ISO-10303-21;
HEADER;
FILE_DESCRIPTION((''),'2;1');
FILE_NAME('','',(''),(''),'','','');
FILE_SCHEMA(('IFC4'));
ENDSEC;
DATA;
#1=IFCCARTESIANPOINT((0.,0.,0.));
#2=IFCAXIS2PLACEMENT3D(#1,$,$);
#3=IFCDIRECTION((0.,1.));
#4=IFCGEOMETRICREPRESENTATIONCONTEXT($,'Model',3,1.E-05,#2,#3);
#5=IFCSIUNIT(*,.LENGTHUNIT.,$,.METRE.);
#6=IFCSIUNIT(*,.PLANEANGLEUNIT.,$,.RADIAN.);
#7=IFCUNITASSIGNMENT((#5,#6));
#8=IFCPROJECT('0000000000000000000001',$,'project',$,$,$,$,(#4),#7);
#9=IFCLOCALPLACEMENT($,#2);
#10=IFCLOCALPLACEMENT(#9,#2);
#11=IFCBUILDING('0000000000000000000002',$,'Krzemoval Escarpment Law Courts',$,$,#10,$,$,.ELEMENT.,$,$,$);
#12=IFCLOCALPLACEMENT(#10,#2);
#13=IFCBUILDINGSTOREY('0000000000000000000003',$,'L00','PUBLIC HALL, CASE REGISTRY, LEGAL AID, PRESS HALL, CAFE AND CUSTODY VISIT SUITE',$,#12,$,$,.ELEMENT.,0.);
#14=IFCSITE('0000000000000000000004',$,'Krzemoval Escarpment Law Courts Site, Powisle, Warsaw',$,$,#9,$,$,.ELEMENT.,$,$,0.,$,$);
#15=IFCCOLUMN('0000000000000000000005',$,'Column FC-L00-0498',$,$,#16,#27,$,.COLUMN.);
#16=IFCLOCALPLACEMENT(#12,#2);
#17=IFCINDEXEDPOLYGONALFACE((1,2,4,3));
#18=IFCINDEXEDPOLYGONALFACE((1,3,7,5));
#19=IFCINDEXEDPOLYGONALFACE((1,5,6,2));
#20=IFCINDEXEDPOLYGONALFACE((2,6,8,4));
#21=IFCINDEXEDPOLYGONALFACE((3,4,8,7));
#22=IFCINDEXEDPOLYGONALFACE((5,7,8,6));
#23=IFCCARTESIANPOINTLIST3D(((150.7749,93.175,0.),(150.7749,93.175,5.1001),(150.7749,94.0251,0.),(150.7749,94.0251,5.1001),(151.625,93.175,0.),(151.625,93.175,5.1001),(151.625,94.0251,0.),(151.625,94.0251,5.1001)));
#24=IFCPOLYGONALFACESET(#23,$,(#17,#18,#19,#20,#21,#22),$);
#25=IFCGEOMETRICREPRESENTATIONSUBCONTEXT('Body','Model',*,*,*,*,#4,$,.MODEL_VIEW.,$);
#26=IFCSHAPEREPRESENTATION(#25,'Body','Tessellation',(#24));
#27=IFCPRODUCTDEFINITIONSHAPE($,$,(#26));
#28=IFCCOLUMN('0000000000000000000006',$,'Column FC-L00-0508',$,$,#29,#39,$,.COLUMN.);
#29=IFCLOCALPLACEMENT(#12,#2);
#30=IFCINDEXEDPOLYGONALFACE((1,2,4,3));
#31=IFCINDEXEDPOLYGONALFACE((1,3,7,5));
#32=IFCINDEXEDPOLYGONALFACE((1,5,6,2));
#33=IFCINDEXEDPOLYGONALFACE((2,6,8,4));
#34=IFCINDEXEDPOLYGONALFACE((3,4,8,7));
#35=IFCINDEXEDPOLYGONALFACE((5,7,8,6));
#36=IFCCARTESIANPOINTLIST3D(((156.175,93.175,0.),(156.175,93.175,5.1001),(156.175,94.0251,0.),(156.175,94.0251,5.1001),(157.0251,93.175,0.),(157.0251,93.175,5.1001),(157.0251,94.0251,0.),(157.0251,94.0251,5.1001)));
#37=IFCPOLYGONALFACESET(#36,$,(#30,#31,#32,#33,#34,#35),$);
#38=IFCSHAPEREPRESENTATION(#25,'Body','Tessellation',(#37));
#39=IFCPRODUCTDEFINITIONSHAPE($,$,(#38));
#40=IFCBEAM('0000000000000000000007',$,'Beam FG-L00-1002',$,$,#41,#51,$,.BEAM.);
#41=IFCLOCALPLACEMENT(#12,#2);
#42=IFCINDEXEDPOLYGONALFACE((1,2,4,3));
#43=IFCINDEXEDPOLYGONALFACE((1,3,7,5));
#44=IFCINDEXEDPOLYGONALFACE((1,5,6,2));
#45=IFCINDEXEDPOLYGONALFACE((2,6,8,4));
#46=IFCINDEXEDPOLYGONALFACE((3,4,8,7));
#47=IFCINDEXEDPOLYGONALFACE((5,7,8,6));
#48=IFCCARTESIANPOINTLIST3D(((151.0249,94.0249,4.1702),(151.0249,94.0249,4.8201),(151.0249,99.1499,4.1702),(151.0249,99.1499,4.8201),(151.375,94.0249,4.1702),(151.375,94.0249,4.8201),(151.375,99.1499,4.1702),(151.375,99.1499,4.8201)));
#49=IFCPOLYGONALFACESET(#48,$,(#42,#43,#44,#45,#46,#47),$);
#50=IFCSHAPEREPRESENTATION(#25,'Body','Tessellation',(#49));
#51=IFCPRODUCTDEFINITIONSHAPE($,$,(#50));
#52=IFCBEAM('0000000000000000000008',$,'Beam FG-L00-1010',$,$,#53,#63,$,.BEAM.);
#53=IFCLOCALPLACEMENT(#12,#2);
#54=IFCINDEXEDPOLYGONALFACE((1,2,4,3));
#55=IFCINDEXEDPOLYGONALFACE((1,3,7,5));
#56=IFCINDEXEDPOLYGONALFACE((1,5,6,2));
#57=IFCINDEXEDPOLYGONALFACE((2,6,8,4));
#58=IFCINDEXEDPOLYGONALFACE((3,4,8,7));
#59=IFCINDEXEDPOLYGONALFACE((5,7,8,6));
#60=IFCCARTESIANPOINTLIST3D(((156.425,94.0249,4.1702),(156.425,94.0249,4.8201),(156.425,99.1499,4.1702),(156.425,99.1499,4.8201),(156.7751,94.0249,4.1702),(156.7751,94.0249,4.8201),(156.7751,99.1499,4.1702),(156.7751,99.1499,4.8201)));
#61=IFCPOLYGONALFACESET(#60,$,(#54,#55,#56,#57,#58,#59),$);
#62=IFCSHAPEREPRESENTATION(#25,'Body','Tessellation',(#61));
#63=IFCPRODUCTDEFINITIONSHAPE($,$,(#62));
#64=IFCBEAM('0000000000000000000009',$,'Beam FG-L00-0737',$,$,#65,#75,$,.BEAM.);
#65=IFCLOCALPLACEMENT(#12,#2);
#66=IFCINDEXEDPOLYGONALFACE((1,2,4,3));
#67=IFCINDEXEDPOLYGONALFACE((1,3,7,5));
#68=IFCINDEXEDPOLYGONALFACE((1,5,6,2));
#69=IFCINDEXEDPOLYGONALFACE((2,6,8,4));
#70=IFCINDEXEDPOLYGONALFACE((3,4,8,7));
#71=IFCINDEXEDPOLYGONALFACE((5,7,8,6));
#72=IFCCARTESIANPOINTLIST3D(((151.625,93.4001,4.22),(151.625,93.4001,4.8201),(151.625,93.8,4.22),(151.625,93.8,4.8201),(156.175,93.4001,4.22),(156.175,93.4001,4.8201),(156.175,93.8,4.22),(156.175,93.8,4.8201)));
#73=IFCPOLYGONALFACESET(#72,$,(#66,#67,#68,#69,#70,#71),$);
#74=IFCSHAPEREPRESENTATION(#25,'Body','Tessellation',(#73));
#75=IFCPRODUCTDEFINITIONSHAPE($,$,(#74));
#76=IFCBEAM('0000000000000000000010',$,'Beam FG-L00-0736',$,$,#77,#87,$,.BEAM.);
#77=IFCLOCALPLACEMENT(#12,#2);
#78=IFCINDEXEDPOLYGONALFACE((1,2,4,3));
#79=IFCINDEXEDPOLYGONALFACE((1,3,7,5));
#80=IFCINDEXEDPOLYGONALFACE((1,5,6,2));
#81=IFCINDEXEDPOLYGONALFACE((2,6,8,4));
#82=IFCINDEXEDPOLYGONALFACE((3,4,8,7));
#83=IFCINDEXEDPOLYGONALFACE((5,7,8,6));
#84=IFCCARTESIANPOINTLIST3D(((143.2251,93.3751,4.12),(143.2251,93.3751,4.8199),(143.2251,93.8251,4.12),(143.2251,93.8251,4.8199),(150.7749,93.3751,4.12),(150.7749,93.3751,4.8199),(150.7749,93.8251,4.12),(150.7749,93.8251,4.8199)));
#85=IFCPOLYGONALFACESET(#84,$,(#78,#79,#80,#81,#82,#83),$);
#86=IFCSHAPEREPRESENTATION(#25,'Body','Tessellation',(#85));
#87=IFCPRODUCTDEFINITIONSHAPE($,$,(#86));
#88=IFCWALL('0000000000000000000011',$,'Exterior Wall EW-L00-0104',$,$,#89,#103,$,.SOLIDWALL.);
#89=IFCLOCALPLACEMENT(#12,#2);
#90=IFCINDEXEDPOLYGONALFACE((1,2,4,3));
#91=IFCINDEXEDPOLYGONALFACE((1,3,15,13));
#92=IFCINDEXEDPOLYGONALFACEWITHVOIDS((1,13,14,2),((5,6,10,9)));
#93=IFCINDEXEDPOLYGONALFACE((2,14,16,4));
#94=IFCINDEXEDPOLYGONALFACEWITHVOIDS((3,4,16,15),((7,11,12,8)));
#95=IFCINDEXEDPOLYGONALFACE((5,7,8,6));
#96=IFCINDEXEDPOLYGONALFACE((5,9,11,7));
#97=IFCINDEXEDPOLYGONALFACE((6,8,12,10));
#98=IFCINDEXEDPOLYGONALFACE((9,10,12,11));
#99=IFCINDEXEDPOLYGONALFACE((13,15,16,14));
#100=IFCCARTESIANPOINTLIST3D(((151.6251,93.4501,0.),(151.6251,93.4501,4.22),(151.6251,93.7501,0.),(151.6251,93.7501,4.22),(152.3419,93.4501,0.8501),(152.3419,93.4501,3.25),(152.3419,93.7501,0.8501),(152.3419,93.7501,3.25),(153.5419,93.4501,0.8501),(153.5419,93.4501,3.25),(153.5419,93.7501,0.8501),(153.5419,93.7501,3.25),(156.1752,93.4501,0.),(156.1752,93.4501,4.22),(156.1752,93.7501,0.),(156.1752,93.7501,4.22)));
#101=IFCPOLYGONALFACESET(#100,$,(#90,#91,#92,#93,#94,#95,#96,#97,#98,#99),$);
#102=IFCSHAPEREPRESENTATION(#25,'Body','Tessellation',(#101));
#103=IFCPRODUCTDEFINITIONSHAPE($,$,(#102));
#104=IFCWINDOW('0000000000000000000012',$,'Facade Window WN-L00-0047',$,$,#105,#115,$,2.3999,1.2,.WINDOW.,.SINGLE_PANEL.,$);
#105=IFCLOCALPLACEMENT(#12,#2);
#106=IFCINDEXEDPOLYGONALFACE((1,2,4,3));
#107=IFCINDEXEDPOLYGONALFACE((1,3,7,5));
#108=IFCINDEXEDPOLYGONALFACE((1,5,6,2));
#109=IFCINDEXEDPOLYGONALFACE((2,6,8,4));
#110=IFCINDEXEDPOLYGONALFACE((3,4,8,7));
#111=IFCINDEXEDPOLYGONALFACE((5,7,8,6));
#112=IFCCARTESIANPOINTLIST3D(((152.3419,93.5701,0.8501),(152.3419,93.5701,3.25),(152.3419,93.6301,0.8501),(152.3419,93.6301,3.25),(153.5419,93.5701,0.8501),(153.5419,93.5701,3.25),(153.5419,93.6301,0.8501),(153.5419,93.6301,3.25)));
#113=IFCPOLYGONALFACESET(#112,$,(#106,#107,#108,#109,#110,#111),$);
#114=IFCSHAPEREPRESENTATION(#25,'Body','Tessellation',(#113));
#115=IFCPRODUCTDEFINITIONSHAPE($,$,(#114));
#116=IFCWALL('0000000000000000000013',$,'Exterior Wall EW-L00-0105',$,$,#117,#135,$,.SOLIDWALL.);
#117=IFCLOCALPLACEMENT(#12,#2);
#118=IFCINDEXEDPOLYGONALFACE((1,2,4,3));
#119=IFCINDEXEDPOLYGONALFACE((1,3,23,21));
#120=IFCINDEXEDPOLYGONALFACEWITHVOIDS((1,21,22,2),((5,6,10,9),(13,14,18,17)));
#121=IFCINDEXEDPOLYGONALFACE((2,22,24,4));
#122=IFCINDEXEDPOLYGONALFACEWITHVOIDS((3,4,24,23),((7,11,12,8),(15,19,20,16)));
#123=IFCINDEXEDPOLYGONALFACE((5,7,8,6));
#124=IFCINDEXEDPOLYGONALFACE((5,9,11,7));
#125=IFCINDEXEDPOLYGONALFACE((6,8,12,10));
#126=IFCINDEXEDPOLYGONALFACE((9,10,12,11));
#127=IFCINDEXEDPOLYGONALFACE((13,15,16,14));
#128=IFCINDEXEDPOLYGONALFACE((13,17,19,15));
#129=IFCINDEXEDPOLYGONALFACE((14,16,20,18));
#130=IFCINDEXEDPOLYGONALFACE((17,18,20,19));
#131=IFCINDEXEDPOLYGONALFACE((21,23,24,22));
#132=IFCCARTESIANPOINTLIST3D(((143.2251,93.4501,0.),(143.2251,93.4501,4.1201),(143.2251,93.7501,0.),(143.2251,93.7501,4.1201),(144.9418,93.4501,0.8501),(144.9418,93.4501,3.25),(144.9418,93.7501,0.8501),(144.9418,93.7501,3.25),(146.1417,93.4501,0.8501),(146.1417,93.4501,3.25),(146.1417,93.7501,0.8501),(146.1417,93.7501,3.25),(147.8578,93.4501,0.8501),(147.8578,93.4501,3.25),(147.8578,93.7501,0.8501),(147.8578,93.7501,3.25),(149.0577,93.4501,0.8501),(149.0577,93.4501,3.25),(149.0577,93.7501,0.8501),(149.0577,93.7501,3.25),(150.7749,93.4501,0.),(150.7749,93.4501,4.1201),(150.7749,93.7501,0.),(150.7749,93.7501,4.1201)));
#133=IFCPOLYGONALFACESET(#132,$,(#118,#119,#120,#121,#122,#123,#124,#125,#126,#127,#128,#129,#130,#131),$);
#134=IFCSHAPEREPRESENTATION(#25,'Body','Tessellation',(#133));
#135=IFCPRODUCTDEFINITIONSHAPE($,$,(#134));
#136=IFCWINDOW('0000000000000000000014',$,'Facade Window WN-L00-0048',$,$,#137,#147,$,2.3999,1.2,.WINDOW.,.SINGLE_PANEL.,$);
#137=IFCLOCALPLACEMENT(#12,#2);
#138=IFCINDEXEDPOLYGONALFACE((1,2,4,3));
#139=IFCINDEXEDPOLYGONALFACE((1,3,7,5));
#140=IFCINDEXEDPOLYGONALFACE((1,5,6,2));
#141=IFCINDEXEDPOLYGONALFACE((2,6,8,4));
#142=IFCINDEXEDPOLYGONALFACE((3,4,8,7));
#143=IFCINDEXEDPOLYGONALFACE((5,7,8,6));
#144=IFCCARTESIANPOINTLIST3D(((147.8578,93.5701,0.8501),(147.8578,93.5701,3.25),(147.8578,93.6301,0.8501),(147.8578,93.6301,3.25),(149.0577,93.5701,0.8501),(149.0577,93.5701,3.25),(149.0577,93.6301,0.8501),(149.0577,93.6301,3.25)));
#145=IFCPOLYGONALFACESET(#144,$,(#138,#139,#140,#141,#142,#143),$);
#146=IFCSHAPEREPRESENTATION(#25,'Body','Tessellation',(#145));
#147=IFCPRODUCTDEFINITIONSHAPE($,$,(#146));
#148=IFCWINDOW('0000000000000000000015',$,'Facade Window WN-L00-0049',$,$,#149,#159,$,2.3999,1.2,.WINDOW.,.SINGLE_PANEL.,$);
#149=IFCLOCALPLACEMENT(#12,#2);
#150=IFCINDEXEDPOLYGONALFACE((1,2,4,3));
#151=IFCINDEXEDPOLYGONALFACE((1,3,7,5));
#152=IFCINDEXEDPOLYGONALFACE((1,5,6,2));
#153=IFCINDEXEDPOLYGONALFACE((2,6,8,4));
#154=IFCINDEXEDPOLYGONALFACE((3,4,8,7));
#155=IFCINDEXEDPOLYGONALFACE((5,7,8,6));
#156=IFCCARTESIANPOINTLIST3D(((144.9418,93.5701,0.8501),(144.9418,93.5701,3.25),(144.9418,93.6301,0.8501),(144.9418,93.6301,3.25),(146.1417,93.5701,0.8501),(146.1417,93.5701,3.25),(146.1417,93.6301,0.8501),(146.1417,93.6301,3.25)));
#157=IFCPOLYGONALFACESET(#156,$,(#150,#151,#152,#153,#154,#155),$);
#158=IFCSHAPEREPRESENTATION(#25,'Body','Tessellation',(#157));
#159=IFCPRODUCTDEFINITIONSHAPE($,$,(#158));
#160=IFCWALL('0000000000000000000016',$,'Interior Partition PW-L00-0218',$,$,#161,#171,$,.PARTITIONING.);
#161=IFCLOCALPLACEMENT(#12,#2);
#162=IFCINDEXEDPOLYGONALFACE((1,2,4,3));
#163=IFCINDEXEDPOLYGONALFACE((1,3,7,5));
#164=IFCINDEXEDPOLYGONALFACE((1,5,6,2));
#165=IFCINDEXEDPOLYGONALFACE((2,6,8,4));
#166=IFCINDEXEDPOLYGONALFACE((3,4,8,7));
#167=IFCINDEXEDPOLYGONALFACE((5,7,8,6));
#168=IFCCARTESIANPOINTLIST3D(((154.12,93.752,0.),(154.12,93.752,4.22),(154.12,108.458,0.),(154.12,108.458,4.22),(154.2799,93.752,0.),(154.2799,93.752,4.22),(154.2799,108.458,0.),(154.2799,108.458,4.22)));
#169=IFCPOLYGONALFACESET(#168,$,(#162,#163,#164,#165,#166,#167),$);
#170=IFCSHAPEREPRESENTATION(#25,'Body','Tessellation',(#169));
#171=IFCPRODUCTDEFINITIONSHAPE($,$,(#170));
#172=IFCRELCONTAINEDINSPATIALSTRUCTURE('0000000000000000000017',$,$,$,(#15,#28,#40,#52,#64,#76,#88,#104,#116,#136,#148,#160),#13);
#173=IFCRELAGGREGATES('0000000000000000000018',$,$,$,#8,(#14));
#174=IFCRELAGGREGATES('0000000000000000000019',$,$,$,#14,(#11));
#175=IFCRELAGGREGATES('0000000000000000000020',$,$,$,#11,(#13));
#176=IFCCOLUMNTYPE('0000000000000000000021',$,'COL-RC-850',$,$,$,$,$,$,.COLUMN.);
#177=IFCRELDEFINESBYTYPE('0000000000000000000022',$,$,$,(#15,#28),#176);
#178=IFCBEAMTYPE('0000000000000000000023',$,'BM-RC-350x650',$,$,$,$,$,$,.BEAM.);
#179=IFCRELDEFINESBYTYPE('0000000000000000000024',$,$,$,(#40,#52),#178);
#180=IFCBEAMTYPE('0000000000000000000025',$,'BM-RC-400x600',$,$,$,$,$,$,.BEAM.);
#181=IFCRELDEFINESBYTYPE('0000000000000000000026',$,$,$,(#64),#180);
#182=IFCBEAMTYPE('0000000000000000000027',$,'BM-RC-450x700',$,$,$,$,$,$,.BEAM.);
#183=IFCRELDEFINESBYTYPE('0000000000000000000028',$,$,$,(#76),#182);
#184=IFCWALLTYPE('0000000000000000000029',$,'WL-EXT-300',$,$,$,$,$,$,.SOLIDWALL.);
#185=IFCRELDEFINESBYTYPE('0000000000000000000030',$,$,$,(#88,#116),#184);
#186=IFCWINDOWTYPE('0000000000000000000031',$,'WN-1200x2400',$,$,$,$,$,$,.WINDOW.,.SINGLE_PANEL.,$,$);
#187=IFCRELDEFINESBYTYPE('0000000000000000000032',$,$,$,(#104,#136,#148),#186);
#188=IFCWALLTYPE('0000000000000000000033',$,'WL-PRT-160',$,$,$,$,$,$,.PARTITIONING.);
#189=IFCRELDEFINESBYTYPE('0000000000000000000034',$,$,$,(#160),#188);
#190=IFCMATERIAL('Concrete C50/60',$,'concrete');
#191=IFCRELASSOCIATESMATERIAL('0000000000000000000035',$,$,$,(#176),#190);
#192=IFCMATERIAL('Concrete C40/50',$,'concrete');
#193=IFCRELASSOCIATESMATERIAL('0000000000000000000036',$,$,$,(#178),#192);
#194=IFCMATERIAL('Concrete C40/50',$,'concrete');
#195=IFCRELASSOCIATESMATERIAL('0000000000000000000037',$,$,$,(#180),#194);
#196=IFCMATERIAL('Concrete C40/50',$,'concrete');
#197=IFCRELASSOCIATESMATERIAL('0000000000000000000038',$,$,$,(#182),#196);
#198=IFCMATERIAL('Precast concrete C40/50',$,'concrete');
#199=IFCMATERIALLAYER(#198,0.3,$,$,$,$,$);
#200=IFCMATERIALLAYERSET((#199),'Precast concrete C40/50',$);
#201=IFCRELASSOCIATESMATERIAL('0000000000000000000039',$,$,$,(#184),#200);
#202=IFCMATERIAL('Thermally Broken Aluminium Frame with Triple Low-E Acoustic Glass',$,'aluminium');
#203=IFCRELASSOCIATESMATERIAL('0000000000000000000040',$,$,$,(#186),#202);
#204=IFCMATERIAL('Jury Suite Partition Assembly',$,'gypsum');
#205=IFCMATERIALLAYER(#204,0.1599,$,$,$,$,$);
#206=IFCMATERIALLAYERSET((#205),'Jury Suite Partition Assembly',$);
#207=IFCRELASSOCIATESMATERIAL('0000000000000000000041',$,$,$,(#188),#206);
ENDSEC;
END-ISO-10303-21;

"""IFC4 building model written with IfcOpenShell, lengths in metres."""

from ifc_helpers import new_model, si_unit, direction, frame, frame_2d, origin, origin_2d, place, context, subcontext, project, spatial, rectangle, extrude, material, layer, layer_set, material_profile, profile_set, type_object, element, fill, save


model = new_model("IFC4")

# Units and contexts
model_context = context("Model", 3, precision=1e-05, world=origin(), true_north=direction((0.0, 1.0)))
body_context = subcontext(model_context, "Body", "Model", "MODEL_VIEW")
ifc_project = project(units=[si_unit("LENGTHUNIT", "METRE"), si_unit("PLANEANGLEUNIT", "RADIAN")], contexts=[model_context])

# Site, building, storey
site_placement = place(None, origin())
site = spatial("IfcSite", under=ifc_project, at=site_placement, Name="Krzemoval Escarpment Law Courts Site, Powisle, Warsaw", CompositionType="ELEMENT", RefElevation=0.0)
building_placement = place(site_placement, origin())
building = spatial("IfcBuilding", under=site, at=building_placement, Name="Krzemoval Escarpment Law Courts", CompositionType="ELEMENT")
storey_placement = place(building_placement, origin())
storey = spatial("IfcBuildingStorey", under=building, at=storey_placement, Name="L00", Description="PUBLIC HALL, CASE REGISTRY, LEGAL AID, PRESS HALL, CAFE AND CUSTODY VISIT SUITE", CompositionType="ELEMENT", Elevation=0.0)

# Columns
ifc_material_1 = material(Name="Concrete C50/60", Category="concrete")
ifc_material_profile_1 = material_profile(ifc_material_1, rectangle(XDim=0.8501, YDim=0.8501, at=origin_2d()), Name="RC 850x850")
ifc_profile_set_1 = profile_set([ifc_material_profile_1], Name="Concrete C50/60")
column_type = type_object("IfcColumnType", Name="COL-RC-850", PredefinedType="COLUMN", material=ifc_profile_set_1)
for number, where, z_axis, x_axis, name in (
    (1, (151.2, 93.6001, 0.0), (0.0, 0.0, 1.0), (1.0, 0.0, 0.0), "Column FC-L00-0498"),
    (2, (156.6001, 93.6001, 0.0), (0.0, 0.0, 1.0), (1.0, 0.0, 0.0), "Column FC-L00-0508"),
):
    element("IfcColumn", number, at=place(storey_placement, frame(where, z_axis=z_axis, x_axis=x_axis)), inside=storey, type_object=column_type, Name=name, PredefinedType="COLUMN", context=body_context, shape_type="SweptSolid", body=[
        extrude(rectangle(XDim=0.8501, YDim=0.8501, at=origin_2d()), origin(), (0.0, 0.0, 1.0), 5.1001),
    ])

# Beams
ifc_material_2 = material(Name="Concrete C40/50", Category="concrete")
ifc_material_profile_2 = material_profile(ifc_material_2, rectangle(XDim=0.3501, YDim=0.6499, at=origin_2d()), Name="RCB 350x650")
ifc_profile_set_2 = profile_set([ifc_material_profile_2], Name="Concrete C40/50")
beam_type_1 = type_object("IfcBeamType", Name="BM-RC-350x650", PredefinedType="BEAM", material=ifc_profile_set_2)
for number, where, z_axis, x_axis, name in (
    (3, (151.2, 94.0249, 4.4951), (0.0, 1.0, 0.0), (-1.0, 0.0, 0.0), "Beam FG-L00-1002"),
    (4, (156.6001, 94.0249, 4.4951), (0.0, 1.0, 0.0), (-1.0, 0.0, 0.0), "Beam FG-L00-1010"),
):
    element("IfcBeam", number, at=place(storey_placement, frame(where, z_axis=z_axis, x_axis=x_axis)), inside=storey, type_object=beam_type_1, Name=name, PredefinedType="BEAM", context=body_context, shape_type="SweptSolid", body=[
        extrude(rectangle(XDim=0.3501, YDim=0.6499, at=origin_2d()), origin(), (0.0, 0.0, 1.0), 5.125),
    ])
ifc_material_3 = material(Name="Concrete C40/50", Category="concrete")
ifc_material_profile_3 = material_profile(ifc_material_3, rectangle(XDim=0.3999, YDim=0.6001, at=origin_2d()), Name="RCB 400x600")
ifc_profile_set_3 = profile_set([ifc_material_profile_3], Name="Concrete C40/50")
beam_type_2 = type_object("IfcBeamType", Name="BM-RC-400x600", PredefinedType="BEAM", material=ifc_profile_set_3)
beam_1_placement = place(storey_placement, frame((151.625, 93.6001, 4.52), z_axis=(1.0, 0.0, 0.0), x_axis=(0.0, 1.0, 0.0)))
element("IfcBeam", 5, at=beam_1_placement, inside=storey, type_object=beam_type_2, Name="Beam FG-L00-0737", PredefinedType="BEAM", context=body_context, shape_type="SweptSolid", body=[
    extrude(rectangle(XDim=0.3999, YDim=0.6001, at=origin_2d()), origin(), (0.0, 0.0, 1.0), 4.55),
])
ifc_material_4 = material(Name="Concrete C40/50", Category="concrete")
ifc_material_profile_4 = material_profile(ifc_material_4, rectangle(XDim=0.45, YDim=0.7, at=origin_2d()), Name="RCB 450x700")
ifc_profile_set_4 = profile_set([ifc_material_profile_4], Name="Concrete C40/50")
beam_type_3 = type_object("IfcBeamType", Name="BM-RC-450x700", PredefinedType="BEAM", material=ifc_profile_set_4)
beam_2_placement = place(storey_placement, frame((143.2251, 93.6001, 4.47), z_axis=(1.0, 0.0, 0.0), x_axis=(0.0, 1.0, 0.0)))
element("IfcBeam", 6, at=beam_2_placement, inside=storey, type_object=beam_type_3, Name="Beam FG-L00-0736", PredefinedType="BEAM", context=body_context, shape_type="SweptSolid", body=[
    extrude(rectangle(XDim=0.45, YDim=0.7, at=origin_2d()), origin(), (0.0, 0.0, 1.0), 7.5498),
])

# Wall, opening, window
ifc_material_5 = material(Name="Precast concrete C40/50", Category="concrete")
ifc_layer_1 = layer(ifc_material_5, 0.3)
ifc_layer_set_1 = layer_set([ifc_layer_1], Name="Precast concrete C40/50")
wall_type_1 = type_object("IfcWallType", Name="WL-EXT-300", PredefinedType="SOLIDWALL", material=ifc_layer_set_1)
wall_1_placement = place(storey_placement, frame((156.175, 93.6001, 0.0), z_axis=(0.0, 0.0, 1.0), x_axis=(-1.0, 0.0, 0.0)))
wall_1 = element("IfcWall", 7, at=wall_1_placement, inside=storey, type_object=wall_type_1, Name="Exterior Wall EW-L00-0104", PredefinedType="SOLIDWALL", context=body_context, shape_type="SweptSolid", body=[
    extrude(rectangle(XDim=4.55, YDim=0.3, at=frame_2d((2.2749, 0.0))), origin(), (0.0, 0.0, 1.0), 4.22),
])
opening_1_placement = place(wall_1_placement, frame((2.6331, 0.0, 0.8501)))
opening_1 = element("IfcOpeningElement", 8, at=opening_1_placement, cuts=wall_1, PredefinedType="OPENING", context=body_context, shape_type="SweptSolid", body=[
    extrude(rectangle(XDim=1.2, YDim=2.3999, at=frame_2d((0.6001, 1.2))), frame((0.0, 0.165, 0.0), z_axis=(0.0, -1.0, 0.0), x_axis=(1.0, 0.0, 0.0)), (0.0, 0.0, 1.0), 0.3301),
])
ifc_material_6 = material(Name="Thermally Broken Aluminium Frame with Triple Low-E Acoustic Glass", Category="aluminium")
window_type = type_object("IfcWindowType", Name="WN-1200x2400", PartitioningType="SINGLE_PANEL", PredefinedType="WINDOW", material=ifc_material_6)
window_1_placement = place(opening_1_placement, origin())
window_1 = element("IfcWindow", 9, at=window_1_placement, inside=storey, type_object=window_type, Name="Facade Window WN-L00-0047", OverallHeight=2.3999, OverallWidth=1.2, PartitioningType="SINGLE_PANEL", PredefinedType="WINDOW", context=body_context, shape_type="SweptSolid", body=[
    extrude(rectangle(XDim=1.2, YDim=2.3999, at=frame_2d((0.6001, 1.2))), frame((0.0, 0.03, 0.0), z_axis=(0.0, -1.0, 0.0), x_axis=(1.0, 0.0, 0.0)), (0.0, 0.0, 1.0), 0.0601),
])
fill(opening_1, window_1)

# Wall, openings, windows
wall_2_placement = place(storey_placement, frame((150.7749, 93.6001, 0.0), z_axis=(0.0, 0.0, 1.0), x_axis=(-1.0, 0.0, 0.0)))
wall_2 = element("IfcWall", 10, at=wall_2_placement, inside=storey, type_object=wall_type_1, Name="Exterior Wall EW-L00-0105", PredefinedType="SOLIDWALL", context=body_context, shape_type="SweptSolid", body=[
    extrude(rectangle(XDim=7.5498, YDim=0.3, at=frame_2d((3.7749, 0.0))), origin(), (0.0, 0.0, 1.0), 4.1201),
])
opening_2_placement = place(wall_2_placement, frame((1.717, 0.0, 0.8501)))
opening_2 = element("IfcOpeningElement", 11, at=opening_2_placement, cuts=wall_2, PredefinedType="OPENING", context=body_context, shape_type="SweptSolid", body=[
    extrude(rectangle(XDim=1.2, YDim=2.3999, at=frame_2d((0.6001, 1.2))), frame((0.0, 0.165, 0.0), z_axis=(0.0, -1.0, 0.0), x_axis=(1.0, 0.0, 0.0)), (0.0, 0.0, 1.0), 0.3301),
])
opening_3_placement = place(wall_2_placement, frame((4.6331, 0.0, 0.8501)))
opening_3 = element("IfcOpeningElement", 12, at=opening_3_placement, cuts=wall_2, PredefinedType="OPENING", context=body_context, shape_type="SweptSolid", body=[
    extrude(rectangle(XDim=1.2, YDim=2.3999, at=frame_2d((0.6001, 1.2))), frame((0.0, 0.165, 0.0), z_axis=(0.0, -1.0, 0.0), x_axis=(1.0, 0.0, 0.0)), (0.0, 0.0, 1.0), 0.3301),
])
window_2_placement = place(opening_2_placement, origin())
window_2 = element("IfcWindow", 13, at=window_2_placement, inside=storey, type_object=window_type, Name="Facade Window WN-L00-0048", OverallHeight=2.3999, OverallWidth=1.2, PartitioningType="SINGLE_PANEL", PredefinedType="WINDOW", context=body_context, shape_type="SweptSolid", body=[
    extrude(rectangle(XDim=1.2, YDim=2.3999, at=frame_2d((0.6001, 1.2))), frame((0.0, 0.03, 0.0), z_axis=(0.0, -1.0, 0.0), x_axis=(1.0, 0.0, 0.0)), (0.0, 0.0, 1.0), 0.0601),
])
fill(opening_2, window_2)
window_3_placement = place(opening_3_placement, origin())
window_3 = element("IfcWindow", 14, at=window_3_placement, inside=storey, type_object=window_type, Name="Facade Window WN-L00-0049", OverallHeight=2.3999, OverallWidth=1.2, PartitioningType="SINGLE_PANEL", PredefinedType="WINDOW", context=body_context, shape_type="SweptSolid", body=[
    extrude(rectangle(XDim=1.2, YDim=2.3999, at=frame_2d((0.6001, 1.2))), frame((0.0, 0.03, 0.0), z_axis=(0.0, -1.0, 0.0), x_axis=(1.0, 0.0, 0.0)), (0.0, 0.0, 1.0), 0.0601),
])
fill(opening_3, window_3)

# Wall
ifc_material_7 = material(Name="Jury Suite Partition Assembly", Category="gypsum")
ifc_layer_2 = layer(ifc_material_7, 0.1599)
ifc_layer_set_2 = layer_set([ifc_layer_2], Name="Jury Suite Partition Assembly")
wall_type_2 = type_object("IfcWallType", Name="WL-PRT-160", PredefinedType="PARTITIONING", material=ifc_layer_set_2)
wall_3_placement = place(storey_placement, frame((154.2, 93.752, 0.0), z_axis=(0.0, 0.0, 1.0), x_axis=(0.0, 1.0, 0.0)))
element("IfcWall", 15, at=wall_3_placement, inside=storey, type_object=wall_type_2, Name="Interior Partition PW-L00-0218", PredefinedType="PARTITIONING", context=body_context, shape_type="SweptSolid", body=[
    extrude(rectangle(XDim=14.7061, YDim=0.1599, at=frame_2d((7.353, 0.0))), origin(), (0.0, 0.0, 1.0), 4.22),
])

save(model, "model.ifc")
